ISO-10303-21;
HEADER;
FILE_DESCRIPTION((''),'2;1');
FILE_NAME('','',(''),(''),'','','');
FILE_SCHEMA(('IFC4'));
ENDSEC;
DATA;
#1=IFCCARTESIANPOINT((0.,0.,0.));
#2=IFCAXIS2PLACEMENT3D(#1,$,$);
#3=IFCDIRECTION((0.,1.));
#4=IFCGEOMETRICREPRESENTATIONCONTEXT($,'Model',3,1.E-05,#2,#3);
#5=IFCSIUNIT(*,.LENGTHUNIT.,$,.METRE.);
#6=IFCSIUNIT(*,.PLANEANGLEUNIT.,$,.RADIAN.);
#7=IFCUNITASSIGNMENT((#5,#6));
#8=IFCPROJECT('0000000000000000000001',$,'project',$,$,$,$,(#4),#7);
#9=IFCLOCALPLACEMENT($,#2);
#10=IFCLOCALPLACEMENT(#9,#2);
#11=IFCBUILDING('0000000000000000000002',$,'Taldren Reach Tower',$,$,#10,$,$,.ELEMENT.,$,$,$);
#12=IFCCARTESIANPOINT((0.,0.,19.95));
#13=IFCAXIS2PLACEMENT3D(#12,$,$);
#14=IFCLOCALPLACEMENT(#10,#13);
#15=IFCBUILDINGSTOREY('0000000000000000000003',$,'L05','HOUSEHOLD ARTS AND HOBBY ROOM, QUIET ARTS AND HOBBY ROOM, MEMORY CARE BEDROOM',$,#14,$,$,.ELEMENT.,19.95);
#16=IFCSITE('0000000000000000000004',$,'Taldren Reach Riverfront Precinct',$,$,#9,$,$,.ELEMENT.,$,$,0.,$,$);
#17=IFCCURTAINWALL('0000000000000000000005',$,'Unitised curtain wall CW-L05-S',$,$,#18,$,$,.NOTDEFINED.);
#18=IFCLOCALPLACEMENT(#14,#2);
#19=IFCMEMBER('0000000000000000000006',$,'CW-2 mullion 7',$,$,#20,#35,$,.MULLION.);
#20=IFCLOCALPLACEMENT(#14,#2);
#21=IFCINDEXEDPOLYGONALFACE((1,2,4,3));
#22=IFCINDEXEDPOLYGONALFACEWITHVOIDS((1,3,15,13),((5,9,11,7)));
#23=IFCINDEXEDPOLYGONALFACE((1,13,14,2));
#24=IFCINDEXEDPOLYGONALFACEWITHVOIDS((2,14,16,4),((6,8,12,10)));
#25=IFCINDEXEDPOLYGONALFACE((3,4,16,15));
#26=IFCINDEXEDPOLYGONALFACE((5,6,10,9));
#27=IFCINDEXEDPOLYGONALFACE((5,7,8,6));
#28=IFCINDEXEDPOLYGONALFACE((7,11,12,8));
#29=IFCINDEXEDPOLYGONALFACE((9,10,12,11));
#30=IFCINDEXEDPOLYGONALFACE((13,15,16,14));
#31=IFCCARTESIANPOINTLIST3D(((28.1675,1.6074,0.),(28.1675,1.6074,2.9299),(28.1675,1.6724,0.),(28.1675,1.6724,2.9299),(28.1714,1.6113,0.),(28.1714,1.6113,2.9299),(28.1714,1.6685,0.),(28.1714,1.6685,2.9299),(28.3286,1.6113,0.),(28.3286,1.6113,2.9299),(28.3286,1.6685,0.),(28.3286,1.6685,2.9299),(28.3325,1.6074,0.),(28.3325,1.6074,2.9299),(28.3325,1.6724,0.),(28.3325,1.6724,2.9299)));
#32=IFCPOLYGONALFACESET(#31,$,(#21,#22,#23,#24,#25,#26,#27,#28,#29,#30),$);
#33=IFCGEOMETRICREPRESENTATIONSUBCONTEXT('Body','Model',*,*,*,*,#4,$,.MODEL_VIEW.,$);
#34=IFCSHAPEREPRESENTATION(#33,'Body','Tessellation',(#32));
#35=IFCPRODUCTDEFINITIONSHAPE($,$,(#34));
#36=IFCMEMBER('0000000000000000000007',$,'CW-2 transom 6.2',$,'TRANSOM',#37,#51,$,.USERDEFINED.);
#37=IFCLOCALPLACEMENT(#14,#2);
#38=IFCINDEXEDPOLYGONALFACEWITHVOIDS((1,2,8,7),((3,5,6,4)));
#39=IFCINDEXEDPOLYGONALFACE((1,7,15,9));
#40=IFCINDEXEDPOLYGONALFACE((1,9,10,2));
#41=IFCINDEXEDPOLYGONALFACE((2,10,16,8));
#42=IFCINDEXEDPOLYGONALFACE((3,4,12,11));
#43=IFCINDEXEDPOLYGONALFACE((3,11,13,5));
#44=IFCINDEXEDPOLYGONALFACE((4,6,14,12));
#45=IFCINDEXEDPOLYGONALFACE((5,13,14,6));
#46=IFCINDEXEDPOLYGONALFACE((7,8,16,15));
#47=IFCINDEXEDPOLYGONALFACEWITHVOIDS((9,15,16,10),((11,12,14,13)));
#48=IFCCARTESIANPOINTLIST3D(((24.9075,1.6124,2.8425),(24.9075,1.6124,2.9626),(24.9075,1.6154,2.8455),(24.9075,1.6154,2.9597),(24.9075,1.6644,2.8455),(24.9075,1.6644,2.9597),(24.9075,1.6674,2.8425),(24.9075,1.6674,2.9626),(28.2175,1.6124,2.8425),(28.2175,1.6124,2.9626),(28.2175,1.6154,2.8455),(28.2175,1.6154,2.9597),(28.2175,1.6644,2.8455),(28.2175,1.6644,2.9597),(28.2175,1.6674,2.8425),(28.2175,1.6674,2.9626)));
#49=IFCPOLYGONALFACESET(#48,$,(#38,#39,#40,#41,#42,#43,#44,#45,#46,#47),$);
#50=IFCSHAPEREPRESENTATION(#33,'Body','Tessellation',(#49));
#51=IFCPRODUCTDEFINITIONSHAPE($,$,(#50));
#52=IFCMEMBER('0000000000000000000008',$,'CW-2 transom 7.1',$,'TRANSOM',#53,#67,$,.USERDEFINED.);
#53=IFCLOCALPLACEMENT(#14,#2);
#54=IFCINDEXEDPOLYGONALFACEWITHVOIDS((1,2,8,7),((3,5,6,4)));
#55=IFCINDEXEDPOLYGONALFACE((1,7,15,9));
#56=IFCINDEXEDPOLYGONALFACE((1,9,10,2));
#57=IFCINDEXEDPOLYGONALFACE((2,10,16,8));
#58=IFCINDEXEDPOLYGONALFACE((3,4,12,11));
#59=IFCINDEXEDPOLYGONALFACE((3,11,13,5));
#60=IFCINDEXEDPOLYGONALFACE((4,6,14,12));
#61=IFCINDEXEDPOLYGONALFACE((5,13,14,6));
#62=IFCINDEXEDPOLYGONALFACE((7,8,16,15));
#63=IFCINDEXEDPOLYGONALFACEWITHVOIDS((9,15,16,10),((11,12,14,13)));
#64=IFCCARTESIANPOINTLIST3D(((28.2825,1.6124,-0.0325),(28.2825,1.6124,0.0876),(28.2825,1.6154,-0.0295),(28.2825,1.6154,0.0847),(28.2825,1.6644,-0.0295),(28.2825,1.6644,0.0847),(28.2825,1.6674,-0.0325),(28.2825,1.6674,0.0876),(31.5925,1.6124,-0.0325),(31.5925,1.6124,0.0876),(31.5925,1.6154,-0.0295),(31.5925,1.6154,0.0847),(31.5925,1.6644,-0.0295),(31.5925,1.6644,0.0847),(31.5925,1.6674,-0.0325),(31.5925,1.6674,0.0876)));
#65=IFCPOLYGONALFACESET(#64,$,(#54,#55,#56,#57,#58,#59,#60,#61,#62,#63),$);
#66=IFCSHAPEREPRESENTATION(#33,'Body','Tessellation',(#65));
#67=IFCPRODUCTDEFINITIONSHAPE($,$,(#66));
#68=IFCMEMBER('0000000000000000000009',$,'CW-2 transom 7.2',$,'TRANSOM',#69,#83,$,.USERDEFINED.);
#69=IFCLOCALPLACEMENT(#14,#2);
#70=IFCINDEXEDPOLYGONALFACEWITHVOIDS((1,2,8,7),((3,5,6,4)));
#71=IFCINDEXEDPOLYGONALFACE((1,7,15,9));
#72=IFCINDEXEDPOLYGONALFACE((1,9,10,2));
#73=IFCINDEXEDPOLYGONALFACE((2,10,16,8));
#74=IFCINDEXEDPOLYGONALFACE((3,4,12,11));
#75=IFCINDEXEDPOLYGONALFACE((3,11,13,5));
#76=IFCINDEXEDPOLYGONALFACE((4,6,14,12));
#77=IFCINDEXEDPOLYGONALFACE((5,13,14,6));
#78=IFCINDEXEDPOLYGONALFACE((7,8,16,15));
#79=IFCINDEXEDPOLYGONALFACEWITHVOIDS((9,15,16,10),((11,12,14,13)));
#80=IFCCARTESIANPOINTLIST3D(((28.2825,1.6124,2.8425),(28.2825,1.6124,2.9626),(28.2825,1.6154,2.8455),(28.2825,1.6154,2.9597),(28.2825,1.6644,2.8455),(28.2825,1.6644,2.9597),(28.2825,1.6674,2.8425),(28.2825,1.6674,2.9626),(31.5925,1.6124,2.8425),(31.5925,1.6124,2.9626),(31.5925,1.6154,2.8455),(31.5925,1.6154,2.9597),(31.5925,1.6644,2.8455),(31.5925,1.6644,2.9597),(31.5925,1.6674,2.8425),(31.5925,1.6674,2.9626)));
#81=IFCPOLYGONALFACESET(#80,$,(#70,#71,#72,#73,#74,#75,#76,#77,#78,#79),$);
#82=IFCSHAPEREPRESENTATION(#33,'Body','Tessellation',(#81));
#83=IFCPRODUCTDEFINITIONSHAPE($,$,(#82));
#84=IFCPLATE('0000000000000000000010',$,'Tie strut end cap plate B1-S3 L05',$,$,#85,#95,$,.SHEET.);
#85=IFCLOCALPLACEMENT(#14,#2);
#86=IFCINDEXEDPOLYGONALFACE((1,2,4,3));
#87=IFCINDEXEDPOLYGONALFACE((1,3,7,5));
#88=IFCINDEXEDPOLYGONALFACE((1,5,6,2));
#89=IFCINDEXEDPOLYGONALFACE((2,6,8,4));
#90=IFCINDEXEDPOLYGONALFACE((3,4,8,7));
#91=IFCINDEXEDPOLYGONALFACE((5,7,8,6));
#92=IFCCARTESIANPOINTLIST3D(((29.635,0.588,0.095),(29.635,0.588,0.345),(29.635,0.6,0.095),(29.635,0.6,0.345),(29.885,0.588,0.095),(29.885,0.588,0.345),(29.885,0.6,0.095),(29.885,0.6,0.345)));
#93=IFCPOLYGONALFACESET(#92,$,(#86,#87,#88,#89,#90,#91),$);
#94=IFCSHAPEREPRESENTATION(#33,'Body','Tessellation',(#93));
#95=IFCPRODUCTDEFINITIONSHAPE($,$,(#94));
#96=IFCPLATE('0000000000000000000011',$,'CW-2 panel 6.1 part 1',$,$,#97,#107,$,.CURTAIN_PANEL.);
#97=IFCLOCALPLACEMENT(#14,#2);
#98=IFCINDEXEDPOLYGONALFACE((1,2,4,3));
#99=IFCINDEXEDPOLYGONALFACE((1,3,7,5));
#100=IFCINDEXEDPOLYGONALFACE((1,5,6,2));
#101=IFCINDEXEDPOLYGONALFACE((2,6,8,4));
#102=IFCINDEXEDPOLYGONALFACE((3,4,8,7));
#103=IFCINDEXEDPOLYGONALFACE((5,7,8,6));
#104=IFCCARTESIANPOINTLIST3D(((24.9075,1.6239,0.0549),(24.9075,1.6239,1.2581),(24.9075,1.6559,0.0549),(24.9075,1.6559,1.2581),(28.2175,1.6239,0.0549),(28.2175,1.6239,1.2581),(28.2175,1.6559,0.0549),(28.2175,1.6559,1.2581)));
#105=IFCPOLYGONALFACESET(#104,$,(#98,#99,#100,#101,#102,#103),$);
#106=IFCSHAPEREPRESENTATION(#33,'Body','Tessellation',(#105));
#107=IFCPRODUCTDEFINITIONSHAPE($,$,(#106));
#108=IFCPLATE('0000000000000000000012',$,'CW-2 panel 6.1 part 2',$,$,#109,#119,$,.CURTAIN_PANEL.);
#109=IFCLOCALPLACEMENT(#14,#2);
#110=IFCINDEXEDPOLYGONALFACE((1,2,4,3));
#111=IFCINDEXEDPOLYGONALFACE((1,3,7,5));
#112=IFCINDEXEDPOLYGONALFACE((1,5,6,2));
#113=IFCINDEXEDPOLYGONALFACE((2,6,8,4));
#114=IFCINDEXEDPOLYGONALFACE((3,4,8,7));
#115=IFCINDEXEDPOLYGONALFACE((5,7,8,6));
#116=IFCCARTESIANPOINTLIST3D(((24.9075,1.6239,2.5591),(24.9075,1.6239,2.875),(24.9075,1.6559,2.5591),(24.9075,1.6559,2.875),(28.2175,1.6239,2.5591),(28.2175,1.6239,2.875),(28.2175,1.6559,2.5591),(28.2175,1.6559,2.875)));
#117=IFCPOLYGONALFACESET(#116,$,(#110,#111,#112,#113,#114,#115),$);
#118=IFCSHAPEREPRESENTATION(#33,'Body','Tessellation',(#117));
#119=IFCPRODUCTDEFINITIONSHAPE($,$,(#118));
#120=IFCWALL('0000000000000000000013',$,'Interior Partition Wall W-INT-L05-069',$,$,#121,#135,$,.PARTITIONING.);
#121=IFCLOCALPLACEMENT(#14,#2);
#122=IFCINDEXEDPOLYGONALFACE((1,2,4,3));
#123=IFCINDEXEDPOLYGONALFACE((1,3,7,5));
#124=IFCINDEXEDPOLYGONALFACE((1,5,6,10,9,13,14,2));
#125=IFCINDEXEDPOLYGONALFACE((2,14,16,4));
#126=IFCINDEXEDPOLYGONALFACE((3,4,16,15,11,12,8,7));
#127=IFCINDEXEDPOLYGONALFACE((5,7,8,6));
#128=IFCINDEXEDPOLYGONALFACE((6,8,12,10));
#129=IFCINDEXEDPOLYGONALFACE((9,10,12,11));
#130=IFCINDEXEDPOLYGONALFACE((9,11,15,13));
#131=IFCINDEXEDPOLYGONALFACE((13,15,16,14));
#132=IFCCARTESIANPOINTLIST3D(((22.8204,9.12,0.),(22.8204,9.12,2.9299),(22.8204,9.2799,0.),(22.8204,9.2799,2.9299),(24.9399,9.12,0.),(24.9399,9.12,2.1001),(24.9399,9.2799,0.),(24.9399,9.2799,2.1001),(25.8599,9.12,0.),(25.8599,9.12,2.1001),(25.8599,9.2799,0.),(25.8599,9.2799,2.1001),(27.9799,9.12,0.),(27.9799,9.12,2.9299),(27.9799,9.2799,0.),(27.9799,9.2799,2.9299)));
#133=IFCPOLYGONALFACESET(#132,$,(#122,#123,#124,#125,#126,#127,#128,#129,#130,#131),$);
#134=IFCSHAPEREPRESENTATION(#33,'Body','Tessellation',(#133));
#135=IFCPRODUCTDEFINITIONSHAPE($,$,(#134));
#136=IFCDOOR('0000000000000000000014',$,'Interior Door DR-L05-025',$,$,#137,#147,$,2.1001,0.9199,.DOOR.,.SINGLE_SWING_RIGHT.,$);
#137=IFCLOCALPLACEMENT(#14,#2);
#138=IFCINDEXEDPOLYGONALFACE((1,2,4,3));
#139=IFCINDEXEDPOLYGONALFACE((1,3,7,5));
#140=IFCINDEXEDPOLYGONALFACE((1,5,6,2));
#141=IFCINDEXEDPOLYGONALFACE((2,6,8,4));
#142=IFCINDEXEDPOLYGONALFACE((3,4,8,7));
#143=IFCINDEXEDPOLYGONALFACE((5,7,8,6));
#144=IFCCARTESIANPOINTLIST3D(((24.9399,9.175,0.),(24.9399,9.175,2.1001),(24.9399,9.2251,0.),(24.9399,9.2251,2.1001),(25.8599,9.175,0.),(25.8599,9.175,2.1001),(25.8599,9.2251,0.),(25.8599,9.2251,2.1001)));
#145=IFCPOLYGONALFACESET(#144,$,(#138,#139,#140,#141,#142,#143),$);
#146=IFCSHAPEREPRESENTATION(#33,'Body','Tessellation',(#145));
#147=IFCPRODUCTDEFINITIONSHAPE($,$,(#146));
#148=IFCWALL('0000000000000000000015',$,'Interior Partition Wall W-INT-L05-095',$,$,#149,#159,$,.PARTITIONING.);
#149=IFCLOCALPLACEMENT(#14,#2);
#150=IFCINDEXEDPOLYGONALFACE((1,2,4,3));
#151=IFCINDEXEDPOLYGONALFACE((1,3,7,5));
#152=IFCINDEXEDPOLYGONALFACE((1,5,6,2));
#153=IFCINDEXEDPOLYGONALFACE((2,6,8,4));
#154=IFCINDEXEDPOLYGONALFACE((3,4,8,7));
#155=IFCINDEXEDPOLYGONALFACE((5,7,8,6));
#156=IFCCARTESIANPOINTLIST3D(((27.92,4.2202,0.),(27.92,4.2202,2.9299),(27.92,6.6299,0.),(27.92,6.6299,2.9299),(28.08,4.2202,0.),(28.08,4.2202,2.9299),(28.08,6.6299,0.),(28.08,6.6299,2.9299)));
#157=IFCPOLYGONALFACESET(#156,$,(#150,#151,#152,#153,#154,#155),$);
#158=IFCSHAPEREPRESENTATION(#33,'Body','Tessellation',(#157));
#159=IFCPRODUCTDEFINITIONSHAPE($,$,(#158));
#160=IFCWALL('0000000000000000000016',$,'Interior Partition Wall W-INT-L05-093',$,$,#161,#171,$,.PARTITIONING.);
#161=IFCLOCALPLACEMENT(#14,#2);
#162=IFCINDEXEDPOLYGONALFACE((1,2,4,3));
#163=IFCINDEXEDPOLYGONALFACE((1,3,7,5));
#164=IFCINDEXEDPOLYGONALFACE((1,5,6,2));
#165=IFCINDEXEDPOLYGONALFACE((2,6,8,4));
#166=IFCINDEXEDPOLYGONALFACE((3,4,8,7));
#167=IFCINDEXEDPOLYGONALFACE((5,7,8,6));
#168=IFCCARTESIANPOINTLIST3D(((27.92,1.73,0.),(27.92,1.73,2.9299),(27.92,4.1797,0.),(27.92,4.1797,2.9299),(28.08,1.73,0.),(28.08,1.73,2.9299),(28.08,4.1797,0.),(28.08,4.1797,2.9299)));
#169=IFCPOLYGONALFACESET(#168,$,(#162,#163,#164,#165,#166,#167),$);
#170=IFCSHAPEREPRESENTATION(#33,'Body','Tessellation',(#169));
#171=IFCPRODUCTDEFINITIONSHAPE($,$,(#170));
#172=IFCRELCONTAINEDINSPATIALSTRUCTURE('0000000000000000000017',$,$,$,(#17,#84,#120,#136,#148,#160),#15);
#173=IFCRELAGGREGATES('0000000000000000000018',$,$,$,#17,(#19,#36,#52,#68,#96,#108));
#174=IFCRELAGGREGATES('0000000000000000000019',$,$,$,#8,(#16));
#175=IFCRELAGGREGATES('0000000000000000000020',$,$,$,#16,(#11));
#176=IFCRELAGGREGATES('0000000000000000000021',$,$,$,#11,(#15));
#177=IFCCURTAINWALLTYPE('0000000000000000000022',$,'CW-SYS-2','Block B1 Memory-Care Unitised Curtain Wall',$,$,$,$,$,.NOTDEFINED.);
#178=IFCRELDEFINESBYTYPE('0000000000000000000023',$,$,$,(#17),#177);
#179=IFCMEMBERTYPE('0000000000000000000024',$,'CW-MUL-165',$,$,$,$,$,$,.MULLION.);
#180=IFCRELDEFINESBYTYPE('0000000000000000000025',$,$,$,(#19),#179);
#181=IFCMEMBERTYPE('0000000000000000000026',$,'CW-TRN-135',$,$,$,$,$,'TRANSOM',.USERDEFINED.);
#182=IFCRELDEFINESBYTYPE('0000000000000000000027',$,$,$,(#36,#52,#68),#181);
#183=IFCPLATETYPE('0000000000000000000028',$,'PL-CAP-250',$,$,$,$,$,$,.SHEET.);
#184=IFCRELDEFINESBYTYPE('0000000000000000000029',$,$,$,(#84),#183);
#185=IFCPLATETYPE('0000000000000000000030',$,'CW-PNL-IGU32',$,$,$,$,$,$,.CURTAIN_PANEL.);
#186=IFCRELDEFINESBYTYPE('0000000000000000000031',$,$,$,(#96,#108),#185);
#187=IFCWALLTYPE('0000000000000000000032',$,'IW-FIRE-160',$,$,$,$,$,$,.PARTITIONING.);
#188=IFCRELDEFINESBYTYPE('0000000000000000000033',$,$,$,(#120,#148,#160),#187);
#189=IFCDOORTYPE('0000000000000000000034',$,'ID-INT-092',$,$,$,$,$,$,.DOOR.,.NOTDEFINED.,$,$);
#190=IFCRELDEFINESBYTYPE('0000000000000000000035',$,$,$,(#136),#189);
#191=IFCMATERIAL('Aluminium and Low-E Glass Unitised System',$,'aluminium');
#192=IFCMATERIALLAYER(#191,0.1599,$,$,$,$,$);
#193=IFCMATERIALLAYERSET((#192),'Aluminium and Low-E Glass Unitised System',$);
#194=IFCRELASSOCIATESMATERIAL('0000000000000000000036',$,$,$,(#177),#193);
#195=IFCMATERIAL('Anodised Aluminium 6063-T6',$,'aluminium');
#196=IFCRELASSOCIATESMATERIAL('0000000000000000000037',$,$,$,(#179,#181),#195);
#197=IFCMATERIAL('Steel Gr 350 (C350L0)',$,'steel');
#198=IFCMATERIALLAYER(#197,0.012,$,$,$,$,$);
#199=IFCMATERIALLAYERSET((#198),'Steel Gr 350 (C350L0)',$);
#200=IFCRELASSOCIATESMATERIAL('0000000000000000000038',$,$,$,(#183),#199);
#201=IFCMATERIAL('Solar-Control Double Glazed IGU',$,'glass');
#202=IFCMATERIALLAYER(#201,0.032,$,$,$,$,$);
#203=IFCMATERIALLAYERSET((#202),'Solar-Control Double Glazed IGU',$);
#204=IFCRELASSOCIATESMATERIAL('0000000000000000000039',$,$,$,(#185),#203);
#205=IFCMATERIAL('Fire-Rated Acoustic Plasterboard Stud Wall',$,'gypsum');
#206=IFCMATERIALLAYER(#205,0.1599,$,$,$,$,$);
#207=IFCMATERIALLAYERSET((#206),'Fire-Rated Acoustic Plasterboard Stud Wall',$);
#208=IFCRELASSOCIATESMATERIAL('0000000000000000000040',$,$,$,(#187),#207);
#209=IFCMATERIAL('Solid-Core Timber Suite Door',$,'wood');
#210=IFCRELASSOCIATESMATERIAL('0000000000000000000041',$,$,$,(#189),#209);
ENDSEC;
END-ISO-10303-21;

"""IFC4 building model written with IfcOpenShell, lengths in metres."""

from ifc_helpers import new_model, si_unit, direction, frame, frame_2d, origin, origin_2d, place, context, subcontext, project, spatial, rectangle, hollow_rectangle, extrude, source, transform, mapped, material, layer, layer_set, material_profile, profile_set, type_object, element, fill, aggregate, save


model = new_model("IFC4")

# Units and contexts
model_context = context("Model", 3, precision=1e-05, world=origin(), true_north=direction((0.0, 1.0)))
body_context = subcontext(model_context, "Body", "Model", "MODEL_VIEW")
ifc_project = project(units=[si_unit("LENGTHUNIT", "METRE"), si_unit("PLANEANGLEUNIT", "RADIAN")], contexts=[model_context])

# Site, building, storey
site_placement = place(None, origin())
site = spatial("IfcSite", under=ifc_project, at=site_placement, Name="Taldren Reach Riverfront Precinct", CompositionType="ELEMENT", RefElevation=0.0)
building_placement = place(site_placement, origin())
building = spatial("IfcBuilding", under=site, at=building_placement, Name="Taldren Reach Tower", CompositionType="ELEMENT")
storey_placement = place(building_placement, frame((0.0, 0.0, 19.95)))
storey = spatial("IfcBuildingStorey", under=building, at=storey_placement, Name="L05", Description="HOUSEHOLD ARTS AND HOBBY ROOM, QUIET ARTS AND HOBBY ROOM, MEMORY CARE BEDROOM", CompositionType="ELEMENT", Elevation=19.95)

# Shared definitions
ifc_material_1 = material(Name="Steel Gr 350 (C350L0)", Category="steel")

# Curtain wall, members
ifc_material_2 = material(Name="Aluminium and Low-E Glass Unitised System", Category="aluminium")
ifc_layer_1 = layer(ifc_material_2, 0.1599)
ifc_layer_set_1 = layer_set([ifc_layer_1], Name="Aluminium and Low-E Glass Unitised System")
curtain_wall_type = type_object("IfcCurtainWallType", Name="CW-SYS-2", Description="Block B1 Memory-Care Unitised Curtain Wall", PredefinedType="NOTDEFINED", material=ifc_layer_set_1)
curtain_wall_placement = place(storey_placement, origin())
curtain_wall = element("IfcCurtainWall", 1, at=curtain_wall_placement, inside=storey, type_object=curtain_wall_type, Name="Unitised curtain wall CW-L05-S", PredefinedType="NOTDEFINED")
ifc_material_3 = material(Name="Anodised Aluminium 6063-T6", Category="aluminium")
ifc_material_profile_1 = material_profile(ifc_material_3, hollow_rectangle(XDim=0.0649, YDim=0.165, WallThickness=0.0039, at=origin_2d()), Name="ALU-165x65x4RHS")
ifc_profile_set_1 = profile_set([ifc_material_profile_1], Name="Anodised Aluminium 6063-T6")
member_type_1 = type_object("IfcMemberType", Name="CW-MUL-165", PredefinedType="MULLION", material=ifc_profile_set_1)
shared_shape_1 = source(origin(), body_context, "Body", "SweptSolid", [
    extrude(hollow_rectangle(XDim=0.0649, YDim=0.165, WallThickness=0.0039, at=origin_2d()), origin(), (0.0, 0.0, 1.0), 2.9299),
])
member_1_placement = place(storey_placement, frame((28.25, 1.6399, 0.0), z_axis=(0.0, 0.0, 1.0), x_axis=(0.0, 1.0, 0.0)))
member_1 = element("IfcMember", 2, at=member_1_placement, type_object=member_type_1, Name="CW-2 mullion 7", PredefinedType="MULLION", context=body_context, shape_type="MappedRepresentation", body=[
    mapped(shared_shape_1, transform((0.0, 0.0, 0.0), scale=1.0)),
])
ifc_material_profile_2 = material_profile(ifc_material_3, hollow_rectangle(XDim=0.0549, YDim=0.1201, WallThickness=0.0029, at=origin_2d()), Name="ALU-120x55x3RHS")
ifc_profile_set_2 = profile_set([ifc_material_profile_2], Name="Anodised Aluminium 6063-T6")
member_type_2 = type_object("IfcMemberType", Name="CW-TRN-135", ElementType="TRANSOM", PredefinedType="USERDEFINED", material=ifc_profile_set_2)
shared_shape_2 = source(origin(), body_context, "Body", "SweptSolid", [
    extrude(hollow_rectangle(XDim=0.0549, YDim=0.1201, WallThickness=0.0029, at=origin_2d()), origin(), (0.0, 0.0, 1.0), 3.3101),
])
member_2_placement = place(storey_placement, frame((24.9075, 1.6399, 2.9026), z_axis=(1.0, 0.0, 0.0), x_axis=(0.0, 1.0, 0.0)))
member_2 = element("IfcMember", 3, at=member_2_placement, type_object=member_type_2, Name="CW-2 transom 6.2", ObjectType="TRANSOM", PredefinedType="USERDEFINED", context=body_context, shape_type="MappedRepresentation", body=[
    mapped(shared_shape_2, transform((0.0, 0.0, 0.0), scale=1.0)),
])
member_3_placement = place(storey_placement, frame((28.2825, 1.6399, 0.0276), z_axis=(1.0, 0.0, 0.0), x_axis=(0.0, 1.0, 0.0)))
member_3 = element("IfcMember", 4, at=member_3_placement, type_object=member_type_2, Name="CW-2 transom 7.1", ObjectType="TRANSOM", PredefinedType="USERDEFINED", context=body_context, shape_type="MappedRepresentation", body=[
    mapped(shared_shape_2, transform((0.0, 0.0, 0.0), scale=1.0)),
])
member_4_placement = place(storey_placement, frame((28.2825, 1.6399, 2.9026), z_axis=(1.0, 0.0, 0.0), x_axis=(0.0, 1.0, 0.0)))
member_4 = element("IfcMember", 5, at=member_4_placement, type_object=member_type_2, Name="CW-2 transom 7.2", ObjectType="TRANSOM", PredefinedType="USERDEFINED", context=body_context, shape_type="MappedRepresentation", body=[
    mapped(shared_shape_2, transform((0.0, 0.0, 0.0), scale=1.0)),
])

# Plates
ifc_layer_2 = layer(ifc_material_1, 0.012)
ifc_layer_set_2 = layer_set([ifc_layer_2], Name="Steel Gr 350 (C350L0)")
plate_type_1 = type_object("IfcPlateType", Name="PL-CAP-250", PredefinedType="SHEET", material=ifc_layer_set_2)
shared_shape_3 = source(origin(), body_context, "Body", "SweptSolid", [
    extrude(rectangle(XDim=0.25, YDim=0.012, at=origin_2d()), origin(), (0.0, 0.0, 1.0), 0.25),
])
plate_1_placement = place(storey_placement, frame((29.76, 0.594, 0.095), z_axis=(0.0, 0.0, 1.0), x_axis=(1.0, 0.0, 0.0)))
element("IfcPlate", 6, at=plate_1_placement, inside=storey, type_object=plate_type_1, Name="Tie strut end cap plate B1-S3 L05", PredefinedType="SHEET", context=body_context, shape_type="MappedRepresentation", body=[
    mapped(shared_shape_3, transform((0.0, 0.0, 0.0), scale=1.0)),
])
ifc_material_4 = material(Name="Solar-Control Double Glazed IGU", Category="glass")
ifc_layer_3 = layer(ifc_material_4, 0.032)
ifc_layer_set_3 = layer_set([ifc_layer_3], Name="Solar-Control Double Glazed IGU")
plate_type_2 = type_object("IfcPlateType", Name="CW-PNL-IGU32", PredefinedType="CURTAIN_PANEL", material=ifc_layer_set_3)
shared_shape_4 = source(origin(), body_context, "Body", "SweptSolid", [
    extrude(rectangle(XDim=3.3101, YDim=0.032, at=origin_2d()), origin(), (0.0, 0.0, 1.0), 1.2031),
])
plate_2_placement = place(storey_placement, frame((26.5625, 1.6399, 0.0549), z_axis=(0.0, 0.0, 1.0), x_axis=(1.0, 0.0, 0.0)))
plate_2 = element("IfcPlate", 7, at=plate_2_placement, type_object=plate_type_2, Name="CW-2 panel 6.1 part 1", PredefinedType="CURTAIN_PANEL", context=body_context, shape_type="MappedRepresentation", body=[
    mapped(shared_shape_4, transform((0.0, 0.0, 0.0), scale=1.0)),
])
shared_shape_5 = source(origin(), body_context, "Body", "SweptSolid", [
    extrude(rectangle(XDim=3.3101, YDim=0.032, at=origin_2d()), origin(), (0.0, 0.0, 1.0), 0.3159),
])
plate_3_placement = place(storey_placement, frame((26.5625, 1.6399, 2.5591), z_axis=(0.0, 0.0, 1.0), x_axis=(1.0, 0.0, 0.0)))
plate_3 = element("IfcPlate", 8, at=plate_3_placement, type_object=plate_type_2, Name="CW-2 panel 6.1 part 2", PredefinedType="CURTAIN_PANEL", context=body_context, shape_type="MappedRepresentation", body=[
    mapped(shared_shape_5, transform((0.0, 0.0, 0.0), scale=1.0)),
])
aggregate(curtain_wall, [member_1, member_2, member_3, member_4, plate_2, plate_3])

# Wall, opening, door
ifc_material_5 = material(Name="Fire-Rated Acoustic Plasterboard Stud Wall", Category="gypsum")
ifc_layer_4 = layer(ifc_material_5, 0.1599)
ifc_layer_set_4 = layer_set([ifc_layer_4], Name="Fire-Rated Acoustic Plasterboard Stud Wall")
wall_type_1 = type_object("IfcWallType", Name="IW-FIRE-160", PredefinedType="PARTITIONING", material=ifc_layer_set_4)
shared_shape_6 = source(origin(), body_context, "Body", "SweptSolid", [
    extrude(rectangle(XDim=5.1594, YDim=0.1599, at=frame_2d((2.5796, 0.0))), origin(), (0.0, 0.0, 1.0), 2.9299),
])
wall_1_placement = place(storey_placement, frame((27.9797, 9.2, 0.0), z_axis=(0.0, 0.0, 1.0), x_axis=(-1.0, 0.0, 0.0)))
wall_1 = element("IfcWall", 9, at=wall_1_placement, inside=storey, type_object=wall_type_1, Name="Interior Partition Wall W-INT-L05-069", PredefinedType="PARTITIONING", context=body_context, shape_type="MappedRepresentation", body=[
    mapped(shared_shape_6, transform((0.0, 0.0, 0.0), scale=1.0)),
])
shared_shape_7 = source(origin(), body_context, "Body", "SweptSolid", [
    extrude(rectangle(XDim=0.9199, YDim=2.1001, at=frame_2d((0.46, 1.05))), frame((0.0, 0.0898, 0.0), z_axis=(0.0, -1.0, 0.0), x_axis=(1.0, 0.0, 0.0)), (0.0, 0.0, 1.0), 0.1799),
])
opening_placement = place(wall_1_placement, frame((2.1199, 0.0, 0.0)))
opening = element("IfcOpeningElement", 10, at=opening_placement, cuts=wall_1, PredefinedType="OPENING", context=body_context, shape_type="MappedRepresentation", body=[
    mapped(shared_shape_7, transform((0.0, 0.0, 0.0), scale=1.0)),
])
ifc_material_6 = material(Name="Solid-Core Timber Suite Door", Category="wood")
door_type = type_object("IfcDoorType", Name="ID-INT-092", OperationType="NOTDEFINED", PredefinedType="DOOR", material=ifc_material_6)
shared_shape_8 = source(origin(), body_context, "Body", "SweptSolid", [
    extrude(rectangle(XDim=0.9199, YDim=2.1001, at=frame_2d((0.46, 1.05))), frame((0.0, 0.0249, 0.0), z_axis=(0.0, -1.0, 0.0), x_axis=(1.0, 0.0, 0.0)), (0.0, 0.0, 1.0), 0.05),
])
door_placement = place(opening_placement, origin())
door = element("IfcDoor", 11, at=door_placement, inside=storey, type_object=door_type, Name="Interior Door DR-L05-025", OperationType="SINGLE_SWING_RIGHT", OverallHeight=2.1001, OverallWidth=0.9199, PredefinedType="DOOR", context=body_context, shape_type="MappedRepresentation", body=[
    mapped(shared_shape_8, transform((0.0, 0.0, 0.0), scale=1.0)),
])
fill(opening, door)

# Walls
shared_shape_9 = source(origin(), body_context, "Body", "SweptSolid", [
    extrude(rectangle(XDim=2.4097, YDim=0.1599, at=frame_2d((1.2048, 0.0))), origin(), (0.0, 0.0, 1.0), 2.9299),
])
wall_2_placement = place(storey_placement, frame((28.0, 6.6299, 0.0), z_axis=(0.0, 0.0, 1.0), x_axis=(0.0, -1.0, 0.0)))
element("IfcWall", 12, at=wall_2_placement, inside=storey, type_object=wall_type_1, Name="Interior Partition Wall W-INT-L05-095", PredefinedType="PARTITIONING", context=body_context, shape_type="MappedRepresentation", body=[
    mapped(shared_shape_9, transform((0.0, 0.0, 0.0), scale=1.0)),
])
shared_shape_10 = source(origin(), body_context, "Body", "SweptSolid", [
    extrude(rectangle(XDim=2.4497, YDim=0.1599, at=frame_2d((1.2249, 0.0))), origin(), (0.0, 0.0, 1.0), 2.9299),
])
wall_3_placement = place(storey_placement, frame((28.0, 4.1797, 0.0), z_axis=(0.0, 0.0, 1.0), x_axis=(0.0, -1.0, 0.0)))
element("IfcWall", 13, at=wall_3_placement, inside=storey, type_object=wall_type_1, Name="Interior Partition Wall W-INT-L05-093", PredefinedType="PARTITIONING", context=body_context, shape_type="MappedRepresentation", body=[
    mapped(shared_shape_10, transform((0.0, 0.0, 0.0), scale=1.0)),
])

save(model, "model.ifc")
